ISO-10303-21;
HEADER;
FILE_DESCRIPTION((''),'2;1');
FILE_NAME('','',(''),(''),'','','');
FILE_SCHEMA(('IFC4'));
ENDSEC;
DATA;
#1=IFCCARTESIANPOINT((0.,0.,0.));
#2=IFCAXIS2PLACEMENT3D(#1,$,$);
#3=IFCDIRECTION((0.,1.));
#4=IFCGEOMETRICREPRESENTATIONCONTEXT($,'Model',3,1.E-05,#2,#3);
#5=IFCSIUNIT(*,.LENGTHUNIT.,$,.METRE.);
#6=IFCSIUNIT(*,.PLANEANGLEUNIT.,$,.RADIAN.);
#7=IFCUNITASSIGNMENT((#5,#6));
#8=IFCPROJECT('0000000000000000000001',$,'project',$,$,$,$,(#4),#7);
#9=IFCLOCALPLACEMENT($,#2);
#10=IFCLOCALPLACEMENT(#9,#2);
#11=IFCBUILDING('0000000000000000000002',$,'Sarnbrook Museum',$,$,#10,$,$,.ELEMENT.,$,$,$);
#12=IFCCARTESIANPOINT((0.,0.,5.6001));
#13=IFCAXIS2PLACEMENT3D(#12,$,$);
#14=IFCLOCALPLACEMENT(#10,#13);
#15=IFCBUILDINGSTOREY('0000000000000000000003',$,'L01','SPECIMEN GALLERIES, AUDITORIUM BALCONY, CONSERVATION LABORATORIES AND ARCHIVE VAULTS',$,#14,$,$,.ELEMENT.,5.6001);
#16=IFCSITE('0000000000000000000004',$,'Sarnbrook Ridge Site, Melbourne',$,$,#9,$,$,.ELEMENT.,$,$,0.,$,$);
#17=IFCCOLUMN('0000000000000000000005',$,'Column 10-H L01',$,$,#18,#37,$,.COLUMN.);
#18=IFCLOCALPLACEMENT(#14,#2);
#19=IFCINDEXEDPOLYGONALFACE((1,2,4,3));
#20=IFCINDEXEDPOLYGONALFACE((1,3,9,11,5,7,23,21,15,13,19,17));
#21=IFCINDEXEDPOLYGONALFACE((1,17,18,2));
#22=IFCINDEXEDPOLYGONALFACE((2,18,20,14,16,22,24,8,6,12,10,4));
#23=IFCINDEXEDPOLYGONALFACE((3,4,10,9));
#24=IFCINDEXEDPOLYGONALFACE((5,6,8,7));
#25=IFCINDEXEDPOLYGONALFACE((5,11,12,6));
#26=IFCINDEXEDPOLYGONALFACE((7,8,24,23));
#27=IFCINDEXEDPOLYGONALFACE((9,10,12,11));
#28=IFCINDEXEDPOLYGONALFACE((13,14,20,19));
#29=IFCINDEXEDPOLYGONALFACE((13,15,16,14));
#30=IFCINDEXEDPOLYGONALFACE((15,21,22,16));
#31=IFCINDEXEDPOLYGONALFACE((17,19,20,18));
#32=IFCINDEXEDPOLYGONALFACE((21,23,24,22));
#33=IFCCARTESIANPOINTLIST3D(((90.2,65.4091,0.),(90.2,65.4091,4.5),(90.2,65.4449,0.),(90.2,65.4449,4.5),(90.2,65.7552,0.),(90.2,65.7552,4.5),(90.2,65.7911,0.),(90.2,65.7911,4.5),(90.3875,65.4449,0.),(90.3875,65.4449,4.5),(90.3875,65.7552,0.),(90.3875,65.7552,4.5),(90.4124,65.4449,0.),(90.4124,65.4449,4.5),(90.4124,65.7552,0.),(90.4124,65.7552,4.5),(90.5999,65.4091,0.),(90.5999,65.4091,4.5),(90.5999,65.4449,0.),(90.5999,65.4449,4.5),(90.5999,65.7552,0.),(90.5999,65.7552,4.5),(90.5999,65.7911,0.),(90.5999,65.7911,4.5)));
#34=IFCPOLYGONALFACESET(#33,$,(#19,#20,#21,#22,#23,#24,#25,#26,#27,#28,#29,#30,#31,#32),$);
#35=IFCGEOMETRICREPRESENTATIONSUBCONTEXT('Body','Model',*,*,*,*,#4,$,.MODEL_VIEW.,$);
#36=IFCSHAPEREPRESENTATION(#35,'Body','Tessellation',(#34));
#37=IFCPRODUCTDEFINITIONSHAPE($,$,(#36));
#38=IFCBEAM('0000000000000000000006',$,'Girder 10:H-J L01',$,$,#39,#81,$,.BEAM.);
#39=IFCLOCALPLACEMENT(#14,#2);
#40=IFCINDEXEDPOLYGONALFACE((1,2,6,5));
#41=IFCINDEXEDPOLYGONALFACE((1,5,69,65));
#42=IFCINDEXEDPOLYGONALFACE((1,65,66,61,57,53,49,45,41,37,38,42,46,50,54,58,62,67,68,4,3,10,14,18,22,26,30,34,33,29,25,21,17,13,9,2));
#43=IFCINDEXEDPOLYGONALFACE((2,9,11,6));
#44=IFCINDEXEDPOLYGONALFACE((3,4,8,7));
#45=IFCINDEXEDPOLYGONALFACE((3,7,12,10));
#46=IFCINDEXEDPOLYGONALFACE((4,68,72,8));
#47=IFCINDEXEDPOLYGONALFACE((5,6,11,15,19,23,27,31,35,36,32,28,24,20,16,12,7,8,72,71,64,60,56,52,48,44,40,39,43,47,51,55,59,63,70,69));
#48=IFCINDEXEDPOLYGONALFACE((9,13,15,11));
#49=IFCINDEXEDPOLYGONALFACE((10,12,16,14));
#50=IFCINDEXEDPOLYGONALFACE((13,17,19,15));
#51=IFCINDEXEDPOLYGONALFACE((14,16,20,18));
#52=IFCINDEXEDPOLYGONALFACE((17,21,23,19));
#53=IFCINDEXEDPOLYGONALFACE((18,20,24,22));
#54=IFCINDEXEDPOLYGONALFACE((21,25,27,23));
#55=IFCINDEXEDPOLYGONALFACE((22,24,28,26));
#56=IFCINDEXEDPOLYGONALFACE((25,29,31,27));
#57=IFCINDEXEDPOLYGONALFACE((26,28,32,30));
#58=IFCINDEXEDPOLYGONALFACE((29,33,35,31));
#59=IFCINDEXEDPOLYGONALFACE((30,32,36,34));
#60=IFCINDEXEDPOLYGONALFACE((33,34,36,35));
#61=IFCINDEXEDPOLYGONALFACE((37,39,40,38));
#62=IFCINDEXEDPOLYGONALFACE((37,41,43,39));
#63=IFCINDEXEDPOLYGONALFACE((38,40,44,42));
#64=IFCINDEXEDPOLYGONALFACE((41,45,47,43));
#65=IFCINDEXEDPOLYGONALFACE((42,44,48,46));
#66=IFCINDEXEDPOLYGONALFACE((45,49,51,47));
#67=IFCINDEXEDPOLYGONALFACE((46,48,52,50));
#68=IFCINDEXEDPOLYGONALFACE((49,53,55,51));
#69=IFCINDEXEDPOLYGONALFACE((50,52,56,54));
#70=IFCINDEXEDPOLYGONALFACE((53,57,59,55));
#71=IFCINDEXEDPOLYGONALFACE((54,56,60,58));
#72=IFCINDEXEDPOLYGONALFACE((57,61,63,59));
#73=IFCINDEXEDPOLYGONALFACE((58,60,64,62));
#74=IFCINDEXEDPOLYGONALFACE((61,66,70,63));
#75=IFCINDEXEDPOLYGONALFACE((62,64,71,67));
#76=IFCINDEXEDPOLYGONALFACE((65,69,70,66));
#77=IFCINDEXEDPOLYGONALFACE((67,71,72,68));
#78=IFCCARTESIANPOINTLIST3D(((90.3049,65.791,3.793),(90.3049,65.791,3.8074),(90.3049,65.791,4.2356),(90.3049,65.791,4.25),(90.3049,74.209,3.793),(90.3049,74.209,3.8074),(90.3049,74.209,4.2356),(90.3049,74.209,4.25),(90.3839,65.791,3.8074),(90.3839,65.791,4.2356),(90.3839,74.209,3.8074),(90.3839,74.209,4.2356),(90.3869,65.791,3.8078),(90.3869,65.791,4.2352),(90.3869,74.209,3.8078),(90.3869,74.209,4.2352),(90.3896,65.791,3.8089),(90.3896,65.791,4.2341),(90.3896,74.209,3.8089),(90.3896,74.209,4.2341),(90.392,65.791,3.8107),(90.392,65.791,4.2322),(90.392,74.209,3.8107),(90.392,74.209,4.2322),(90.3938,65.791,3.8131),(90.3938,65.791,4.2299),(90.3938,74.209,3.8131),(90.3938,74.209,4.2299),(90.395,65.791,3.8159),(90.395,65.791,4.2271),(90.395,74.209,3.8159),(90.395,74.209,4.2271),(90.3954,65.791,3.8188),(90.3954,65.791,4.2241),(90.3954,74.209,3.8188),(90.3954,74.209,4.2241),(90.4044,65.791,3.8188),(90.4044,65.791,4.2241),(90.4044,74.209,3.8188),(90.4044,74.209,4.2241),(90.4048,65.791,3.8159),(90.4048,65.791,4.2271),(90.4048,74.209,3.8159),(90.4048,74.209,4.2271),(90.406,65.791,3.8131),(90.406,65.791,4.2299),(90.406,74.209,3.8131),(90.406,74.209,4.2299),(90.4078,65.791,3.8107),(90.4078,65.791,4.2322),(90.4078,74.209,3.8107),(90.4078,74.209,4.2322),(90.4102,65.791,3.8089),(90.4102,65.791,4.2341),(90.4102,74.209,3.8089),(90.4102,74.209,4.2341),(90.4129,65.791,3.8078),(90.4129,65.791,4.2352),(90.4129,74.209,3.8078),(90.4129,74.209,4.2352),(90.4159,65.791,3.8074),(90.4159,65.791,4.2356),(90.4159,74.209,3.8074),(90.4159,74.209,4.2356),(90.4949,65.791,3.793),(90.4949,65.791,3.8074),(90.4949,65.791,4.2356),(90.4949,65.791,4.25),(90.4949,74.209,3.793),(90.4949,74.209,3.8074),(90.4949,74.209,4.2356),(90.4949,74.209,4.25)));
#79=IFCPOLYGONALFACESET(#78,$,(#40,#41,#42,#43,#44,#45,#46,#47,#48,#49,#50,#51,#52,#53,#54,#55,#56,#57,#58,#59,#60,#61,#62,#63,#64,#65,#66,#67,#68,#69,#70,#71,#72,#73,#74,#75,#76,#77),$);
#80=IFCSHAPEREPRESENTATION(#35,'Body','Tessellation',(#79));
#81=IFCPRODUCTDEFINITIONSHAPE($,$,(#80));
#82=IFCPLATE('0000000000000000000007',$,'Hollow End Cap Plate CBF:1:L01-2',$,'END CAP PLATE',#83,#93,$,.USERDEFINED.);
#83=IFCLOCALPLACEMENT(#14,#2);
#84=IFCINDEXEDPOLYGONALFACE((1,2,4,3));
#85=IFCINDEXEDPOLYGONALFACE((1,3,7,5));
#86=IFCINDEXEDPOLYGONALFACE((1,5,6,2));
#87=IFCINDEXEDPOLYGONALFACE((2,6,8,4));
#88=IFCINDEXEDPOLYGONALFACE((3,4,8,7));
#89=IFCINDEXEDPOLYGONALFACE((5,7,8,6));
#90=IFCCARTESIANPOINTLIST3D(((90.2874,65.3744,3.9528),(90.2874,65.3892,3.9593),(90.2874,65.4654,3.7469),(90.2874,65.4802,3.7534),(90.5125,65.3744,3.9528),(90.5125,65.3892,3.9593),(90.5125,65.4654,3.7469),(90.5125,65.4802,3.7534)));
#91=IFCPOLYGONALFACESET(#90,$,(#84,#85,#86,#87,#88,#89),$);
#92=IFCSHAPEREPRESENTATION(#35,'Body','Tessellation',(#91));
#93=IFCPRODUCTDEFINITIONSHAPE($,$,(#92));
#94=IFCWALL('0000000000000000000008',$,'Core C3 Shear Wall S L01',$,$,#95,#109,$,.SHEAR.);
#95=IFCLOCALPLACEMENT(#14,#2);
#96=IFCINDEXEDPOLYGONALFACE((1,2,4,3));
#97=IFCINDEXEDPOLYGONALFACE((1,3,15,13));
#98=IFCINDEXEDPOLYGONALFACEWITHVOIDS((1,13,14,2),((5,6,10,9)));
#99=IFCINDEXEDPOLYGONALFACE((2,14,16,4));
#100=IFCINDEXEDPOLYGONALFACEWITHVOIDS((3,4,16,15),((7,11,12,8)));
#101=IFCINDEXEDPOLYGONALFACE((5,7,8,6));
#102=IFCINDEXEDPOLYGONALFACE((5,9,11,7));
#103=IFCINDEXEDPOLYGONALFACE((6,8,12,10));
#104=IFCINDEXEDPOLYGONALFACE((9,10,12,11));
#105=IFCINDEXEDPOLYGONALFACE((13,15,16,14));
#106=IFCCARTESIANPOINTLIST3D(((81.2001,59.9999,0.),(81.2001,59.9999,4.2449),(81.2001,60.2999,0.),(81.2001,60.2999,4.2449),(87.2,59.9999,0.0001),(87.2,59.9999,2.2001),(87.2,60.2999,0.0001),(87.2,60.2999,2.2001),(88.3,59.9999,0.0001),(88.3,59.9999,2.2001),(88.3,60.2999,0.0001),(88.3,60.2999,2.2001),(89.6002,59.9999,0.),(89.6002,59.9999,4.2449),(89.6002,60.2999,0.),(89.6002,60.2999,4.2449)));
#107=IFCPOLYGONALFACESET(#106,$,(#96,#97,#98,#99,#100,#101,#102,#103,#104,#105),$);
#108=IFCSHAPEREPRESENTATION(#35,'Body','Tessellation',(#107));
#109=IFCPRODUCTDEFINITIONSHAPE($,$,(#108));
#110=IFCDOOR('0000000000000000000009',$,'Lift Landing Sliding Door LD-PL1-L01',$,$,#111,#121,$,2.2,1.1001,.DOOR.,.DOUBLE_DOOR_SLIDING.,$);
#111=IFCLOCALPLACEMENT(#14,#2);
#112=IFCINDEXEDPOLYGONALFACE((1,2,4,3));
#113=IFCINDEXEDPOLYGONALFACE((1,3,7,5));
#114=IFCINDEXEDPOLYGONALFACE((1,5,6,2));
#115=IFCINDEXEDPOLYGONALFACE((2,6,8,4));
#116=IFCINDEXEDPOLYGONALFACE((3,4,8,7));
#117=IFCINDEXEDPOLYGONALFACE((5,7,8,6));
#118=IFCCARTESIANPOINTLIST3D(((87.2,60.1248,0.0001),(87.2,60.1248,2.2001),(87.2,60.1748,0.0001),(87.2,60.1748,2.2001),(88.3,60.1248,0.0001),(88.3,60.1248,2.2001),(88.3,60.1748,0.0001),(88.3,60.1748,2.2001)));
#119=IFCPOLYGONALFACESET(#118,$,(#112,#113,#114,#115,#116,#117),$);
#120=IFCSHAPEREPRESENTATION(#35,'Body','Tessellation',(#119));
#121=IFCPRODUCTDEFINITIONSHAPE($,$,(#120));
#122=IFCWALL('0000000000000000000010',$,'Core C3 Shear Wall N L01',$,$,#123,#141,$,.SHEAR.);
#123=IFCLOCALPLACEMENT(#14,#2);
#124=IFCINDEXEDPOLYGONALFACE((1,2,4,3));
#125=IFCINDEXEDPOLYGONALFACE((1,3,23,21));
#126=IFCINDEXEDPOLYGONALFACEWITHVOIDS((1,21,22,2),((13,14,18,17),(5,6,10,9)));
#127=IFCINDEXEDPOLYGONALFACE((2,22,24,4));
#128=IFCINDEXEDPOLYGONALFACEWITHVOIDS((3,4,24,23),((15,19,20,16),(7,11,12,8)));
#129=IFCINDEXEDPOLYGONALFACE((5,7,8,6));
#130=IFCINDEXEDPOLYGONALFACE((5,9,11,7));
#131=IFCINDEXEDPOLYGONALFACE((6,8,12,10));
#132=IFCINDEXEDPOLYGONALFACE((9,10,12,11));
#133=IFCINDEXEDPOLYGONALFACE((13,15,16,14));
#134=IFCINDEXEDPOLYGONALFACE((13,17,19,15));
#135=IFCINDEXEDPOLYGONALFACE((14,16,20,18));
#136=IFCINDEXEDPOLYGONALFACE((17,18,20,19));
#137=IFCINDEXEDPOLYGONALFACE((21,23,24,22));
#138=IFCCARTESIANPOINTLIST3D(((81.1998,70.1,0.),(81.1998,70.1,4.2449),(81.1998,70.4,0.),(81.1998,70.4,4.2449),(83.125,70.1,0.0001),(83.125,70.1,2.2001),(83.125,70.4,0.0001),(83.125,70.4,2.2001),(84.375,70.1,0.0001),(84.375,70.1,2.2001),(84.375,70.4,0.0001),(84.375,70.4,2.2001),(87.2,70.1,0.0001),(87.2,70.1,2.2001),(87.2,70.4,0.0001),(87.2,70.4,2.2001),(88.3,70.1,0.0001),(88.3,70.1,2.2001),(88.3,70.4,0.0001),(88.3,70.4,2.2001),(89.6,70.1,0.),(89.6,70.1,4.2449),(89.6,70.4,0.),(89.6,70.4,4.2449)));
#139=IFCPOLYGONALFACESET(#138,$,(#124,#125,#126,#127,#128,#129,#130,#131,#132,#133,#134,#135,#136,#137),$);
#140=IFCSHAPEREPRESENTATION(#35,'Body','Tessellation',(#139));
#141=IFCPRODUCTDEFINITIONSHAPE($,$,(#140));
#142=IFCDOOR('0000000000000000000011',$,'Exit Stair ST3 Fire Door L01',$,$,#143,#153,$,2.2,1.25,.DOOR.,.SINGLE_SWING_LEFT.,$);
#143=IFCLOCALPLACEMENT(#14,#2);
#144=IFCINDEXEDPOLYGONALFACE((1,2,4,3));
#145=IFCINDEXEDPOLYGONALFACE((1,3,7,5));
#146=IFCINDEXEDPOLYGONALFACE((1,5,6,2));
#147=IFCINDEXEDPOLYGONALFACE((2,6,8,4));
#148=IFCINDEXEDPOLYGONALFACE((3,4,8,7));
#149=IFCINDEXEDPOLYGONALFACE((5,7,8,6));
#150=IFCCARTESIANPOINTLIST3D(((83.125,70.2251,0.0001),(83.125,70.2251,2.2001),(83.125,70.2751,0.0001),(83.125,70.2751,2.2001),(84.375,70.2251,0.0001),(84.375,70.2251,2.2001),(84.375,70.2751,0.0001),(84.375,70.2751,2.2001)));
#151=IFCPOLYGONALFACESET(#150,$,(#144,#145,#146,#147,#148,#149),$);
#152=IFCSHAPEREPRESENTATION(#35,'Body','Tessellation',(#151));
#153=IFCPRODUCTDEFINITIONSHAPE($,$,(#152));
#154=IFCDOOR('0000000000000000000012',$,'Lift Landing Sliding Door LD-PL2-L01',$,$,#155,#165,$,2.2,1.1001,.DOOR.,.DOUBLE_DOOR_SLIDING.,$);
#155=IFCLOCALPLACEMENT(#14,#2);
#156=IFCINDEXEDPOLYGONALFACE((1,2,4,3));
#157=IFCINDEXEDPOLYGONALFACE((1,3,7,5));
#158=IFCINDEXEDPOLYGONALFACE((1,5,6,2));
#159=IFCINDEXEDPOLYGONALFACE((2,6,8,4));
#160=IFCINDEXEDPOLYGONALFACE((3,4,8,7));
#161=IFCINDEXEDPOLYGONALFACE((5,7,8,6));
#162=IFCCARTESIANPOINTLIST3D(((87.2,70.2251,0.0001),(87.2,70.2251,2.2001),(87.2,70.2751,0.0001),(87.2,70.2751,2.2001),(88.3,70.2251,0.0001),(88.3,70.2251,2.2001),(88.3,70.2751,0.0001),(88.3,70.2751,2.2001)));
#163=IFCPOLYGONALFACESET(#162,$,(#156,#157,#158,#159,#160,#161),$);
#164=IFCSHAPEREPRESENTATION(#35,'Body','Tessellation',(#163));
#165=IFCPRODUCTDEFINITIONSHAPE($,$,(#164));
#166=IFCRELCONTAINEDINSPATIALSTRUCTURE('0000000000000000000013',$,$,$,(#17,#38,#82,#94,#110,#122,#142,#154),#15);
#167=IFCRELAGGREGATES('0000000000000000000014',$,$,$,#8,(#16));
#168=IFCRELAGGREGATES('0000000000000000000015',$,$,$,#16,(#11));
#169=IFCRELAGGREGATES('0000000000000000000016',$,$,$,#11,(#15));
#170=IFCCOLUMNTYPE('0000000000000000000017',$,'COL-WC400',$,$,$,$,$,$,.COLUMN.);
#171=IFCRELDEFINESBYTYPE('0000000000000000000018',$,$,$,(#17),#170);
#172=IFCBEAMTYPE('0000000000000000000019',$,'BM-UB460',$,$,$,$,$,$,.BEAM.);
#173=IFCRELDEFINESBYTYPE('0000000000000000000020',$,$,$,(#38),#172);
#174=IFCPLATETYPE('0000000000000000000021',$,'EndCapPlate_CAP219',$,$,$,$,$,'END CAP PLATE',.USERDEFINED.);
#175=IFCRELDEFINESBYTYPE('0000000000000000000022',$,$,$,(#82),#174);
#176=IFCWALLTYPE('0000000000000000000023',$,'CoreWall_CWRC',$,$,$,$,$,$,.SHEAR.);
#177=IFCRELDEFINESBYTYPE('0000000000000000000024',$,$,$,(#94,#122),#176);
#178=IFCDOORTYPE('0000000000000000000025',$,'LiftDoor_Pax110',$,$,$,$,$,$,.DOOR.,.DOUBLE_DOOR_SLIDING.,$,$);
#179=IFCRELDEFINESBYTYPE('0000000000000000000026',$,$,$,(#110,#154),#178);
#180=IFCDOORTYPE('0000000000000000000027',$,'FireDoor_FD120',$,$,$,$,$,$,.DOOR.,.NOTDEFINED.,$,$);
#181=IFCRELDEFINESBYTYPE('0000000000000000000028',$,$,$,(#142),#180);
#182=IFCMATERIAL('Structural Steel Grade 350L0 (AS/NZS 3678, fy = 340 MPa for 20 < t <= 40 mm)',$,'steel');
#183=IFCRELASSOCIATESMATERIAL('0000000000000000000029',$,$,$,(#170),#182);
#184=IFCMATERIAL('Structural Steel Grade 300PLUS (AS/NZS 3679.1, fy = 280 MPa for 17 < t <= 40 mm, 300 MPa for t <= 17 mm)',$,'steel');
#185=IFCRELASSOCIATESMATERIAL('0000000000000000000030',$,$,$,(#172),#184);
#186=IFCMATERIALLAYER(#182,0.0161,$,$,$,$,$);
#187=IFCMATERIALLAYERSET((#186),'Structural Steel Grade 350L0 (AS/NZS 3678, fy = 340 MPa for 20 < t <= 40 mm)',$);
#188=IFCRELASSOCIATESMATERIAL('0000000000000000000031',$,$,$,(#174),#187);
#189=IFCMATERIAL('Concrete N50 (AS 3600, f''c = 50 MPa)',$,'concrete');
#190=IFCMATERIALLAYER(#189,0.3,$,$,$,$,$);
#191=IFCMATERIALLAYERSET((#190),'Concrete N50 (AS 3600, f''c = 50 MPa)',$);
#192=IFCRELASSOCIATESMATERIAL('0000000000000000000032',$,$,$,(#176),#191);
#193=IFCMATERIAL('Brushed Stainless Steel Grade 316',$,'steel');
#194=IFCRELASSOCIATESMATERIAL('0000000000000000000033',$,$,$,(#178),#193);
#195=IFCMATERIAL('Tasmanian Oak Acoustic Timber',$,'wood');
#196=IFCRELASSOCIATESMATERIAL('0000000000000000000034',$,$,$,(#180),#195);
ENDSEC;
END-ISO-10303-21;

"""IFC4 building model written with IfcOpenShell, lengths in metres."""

from ifc_helpers import new_model, si_unit, direction, frame, frame_2d, origin, origin_2d, place, context, subcontext, project, spatial, rectangle, i_section, extrude, material, layer, layer_set, material_profile, profile_set, type_object, element, fill, save


model = new_model("IFC4")

# Units and contexts
model_context = context("Model", 3, precision=1e-05, world=origin(), true_north=direction((0.0, 1.0)))
body_context = subcontext(model_context, "Body", "Model", "MODEL_VIEW")
ifc_project = project(units=[si_unit("LENGTHUNIT", "METRE"), si_unit("PLANEANGLEUNIT", "RADIAN")], contexts=[model_context])

# Site, building, storey
site_placement = place(None, origin())
site = spatial("IfcSite", under=ifc_project, at=site_placement, Name="Sarnbrook Ridge Site, Melbourne", CompositionType="ELEMENT", RefElevation=0.0)
building_placement = place(site_placement, origin())
building = spatial("IfcBuilding", under=site, at=building_placement, Name="Sarnbrook Museum", CompositionType="ELEMENT")
storey_placement = place(building_placement, frame((0.0, 0.0, 5.6001)))
storey = spatial("IfcBuildingStorey", under=building, at=storey_placement, Name="L01", Description="SPECIMEN GALLERIES, AUDITORIUM BALCONY, CONSERVATION LABORATORIES AND ARCHIVE VAULTS", CompositionType="ELEMENT", Elevation=5.6001)

# Column
ifc_material_1 = material(Name="Structural Steel Grade 350L0 (AS/NZS 3678, fy = 340 MPa for 20 < t <= 40 mm)", Category="steel")
ifc_material_profile_1 = material_profile(ifc_material_1, i_section(OverallWidth=0.3999, OverallDepth=0.3821, WebThickness=0.0249, FlangeThickness=0.0359, at=origin_2d()), Name="400WC270")
ifc_profile_set_1 = profile_set([ifc_material_profile_1], Name="Structural Steel Grade 350L0 (AS/NZS 3678, fy = 340 MPa for 20 < t <= 40 mm)")
column_type = type_object("IfcColumnType", Name="COL-WC400", PredefinedType="COLUMN", material=ifc_profile_set_1)
column_placement = place(storey_placement, frame((90.3999, 65.6001, 0.0), z_axis=(0.0, 0.0, 1.0), x_axis=(1.0, 0.0, 0.0)))
element("IfcColumn", 1, at=column_placement, inside=storey, type_object=column_type, Name="Column 10-H L01", PredefinedType="COLUMN", context=body_context, shape_type="SweptSolid", body=[
    extrude(i_section(OverallWidth=0.3999, OverallDepth=0.3821, WebThickness=0.0249, FlangeThickness=0.0359, at=origin_2d()), origin(), (0.0, 0.0, 1.0), 4.5),
])

# Beam
ifc_material_2 = material(Name="Structural Steel Grade 300PLUS (AS/NZS 3679.1, fy = 280 MPa for 17 < t <= 40 mm, 300 MPa for t <= 17 mm)", Category="steel")
ifc_material_profile_2 = material_profile(ifc_material_2, i_section(OverallWidth=0.1899, OverallDepth=0.457, WebThickness=0.009, FlangeThickness=0.0144, FilletRadius=0.0115, at=origin_2d()), Name="460UB74.6")
ifc_profile_set_2 = profile_set([ifc_material_profile_2], Name="Structural Steel Grade 300PLUS (AS/NZS 3679.1, fy = 280 MPa for 17 < t <= 40 mm, 300 MPa for t <= 17 mm)")
beam_type = type_object("IfcBeamType", Name="BM-UB460", PredefinedType="BEAM", material=ifc_profile_set_2)
beam_placement = place(storey_placement, frame((90.3999, 65.791, 4.0215), z_axis=(0.0, 1.0, 0.0), x_axis=(-1.0, 0.0, 0.0)))
element("IfcBeam", 2, at=beam_placement, inside=storey, type_object=beam_type, Name="Girder 10:H-J L01", PredefinedType="BEAM", context=body_context, shape_type="SweptSolid", body=[
    extrude(i_section(OverallWidth=0.1899, OverallDepth=0.457, WebThickness=0.009, FlangeThickness=0.0144, FilletRadius=0.0115, at=origin_2d()), origin(), (0.0, 0.0, 1.0), 8.418),
])

# Plate
ifc_layer_1 = layer(ifc_material_1, 0.0161)
ifc_layer_set_1 = layer_set([ifc_layer_1], Name="Structural Steel Grade 350L0 (AS/NZS 3678, fy = 340 MPa for 20 < t <= 40 mm)")
plate_type = type_object("IfcPlateType", Name="EndCapPlate_CAP219", ElementType="END CAP PLATE", PredefinedType="USERDEFINED", material=ifc_layer_set_1)
plate_placement = place(storey_placement, frame((90.3999, 65.4199, 3.8499), z_axis=(0.0, 0.914659, 0.404227), x_axis=(-1.0, 0.0, 0.0)))
element("IfcPlate", 3, at=plate_placement, inside=storey, type_object=plate_type, Name="Hollow End Cap Plate CBF:1:L01-2", ObjectType="END CAP PLATE", PredefinedType="USERDEFINED", context=body_context, shape_type="SweptSolid", body=[
    extrude(rectangle(XDim=0.2251, YDim=0.2251, at=origin_2d()), origin(), (0.0, 0.0, 1.0), 0.0161),
])

# Wall, opening, door
ifc_material_3 = material(Name="Concrete N50 (AS 3600, f'c = 50 MPa)", Category="concrete")
ifc_layer_2 = layer(ifc_material_3, 0.3)
ifc_layer_set_2 = layer_set([ifc_layer_2], Name="Concrete N50 (AS 3600, f'c = 50 MPa)")
wall_type_1 = type_object("IfcWallType", Name="CoreWall_CWRC", PredefinedType="SHEAR", material=ifc_layer_set_2)
wall_1_placement = place(storey_placement, frame((81.2, 60.1499, 0.0), z_axis=(0.0, 0.0, 1.0), x_axis=(1.0, 0.0, 0.0)))
wall_1 = element("IfcWall", 4, at=wall_1_placement, inside=storey, type_object=wall_type_1, Name="Core C3 Shear Wall S L01", PredefinedType="SHEAR", context=body_context, shape_type="SweptSolid", body=[
    extrude(rectangle(XDim=8.4001, YDim=0.3, at=frame_2d((4.2002, 0.0))), origin(), (0.0, 0.0, 1.0), 4.2449),
])
opening_1_placement = place(wall_1_placement, frame((6.0, 0.0, 0.0)))
opening_1 = element("IfcOpeningElement", 5, at=opening_1_placement, cuts=wall_1, PredefinedType="OPENING", context=body_context, shape_type="SweptSolid", body=[
    extrude(rectangle(XDim=1.1001, YDim=2.2, at=frame_2d((0.55, 1.1001))), frame((0.0, 0.1602, 0.0), z_axis=(0.0, -1.0, 0.0), x_axis=(1.0, 0.0, 0.0)), (0.0, 0.0, 1.0), 0.3201),
])
ifc_material_4 = material(Name="Brushed Stainless Steel Grade 316", Category="steel")
door_type_1 = type_object("IfcDoorType", Name="LiftDoor_Pax110", OperationType="DOUBLE_DOOR_SLIDING", PredefinedType="DOOR", material=ifc_material_4)
door_1_placement = place(opening_1_placement, origin())
door_1 = element("IfcDoor", 6, at=door_1_placement, inside=storey, type_object=door_type_1, Name="Lift Landing Sliding Door LD-PL1-L01", OperationType="DOUBLE_DOOR_SLIDING", OverallHeight=2.2, OverallWidth=1.1001, PredefinedType="DOOR", context=body_context, shape_type="SweptSolid", body=[
    extrude(rectangle(XDim=1.1001, YDim=2.2, at=frame_2d((0.55, 1.1001))), frame((0.0, 0.0249, 0.0), z_axis=(0.0, -1.0, 0.0), x_axis=(1.0, 0.0, 0.0)), (0.0, 0.0, 1.0), 0.05),
])
fill(opening_1, door_1)

# Wall, openings, doors
wall_2_placement = place(storey_placement, frame((89.6001, 70.25, 0.0), z_axis=(0.0, 0.0, 1.0), x_axis=(-1.0, 0.0, 0.0)))
wall_2 = element("IfcWall", 7, at=wall_2_placement, inside=storey, type_object=wall_type_1, Name="Core C3 Shear Wall N L01", PredefinedType="SHEAR", context=body_context, shape_type="SweptSolid", body=[
    extrude(rectangle(XDim=8.4001, YDim=0.3, at=frame_2d((4.2002, 0.0))), origin(), (0.0, 0.0, 1.0), 4.2449),
])
opening_2_placement = place(wall_2_placement, frame((5.2251, 0.0, 0.0)))
opening_2 = element("IfcOpeningElement", 8, at=opening_2_placement, cuts=wall_2, PredefinedType="OPENING", context=body_context, shape_type="SweptSolid", body=[
    extrude(rectangle(XDim=1.25, YDim=2.2, at=frame_2d((0.625, 1.1001))), frame((0.0, 0.1602, 0.0), z_axis=(0.0, -1.0, 0.0), x_axis=(1.0, 0.0, 0.0)), (0.0, 0.0, 1.0), 0.3201),
])
opening_3_placement = place(wall_2_placement, frame((1.3, 0.0, 0.0)))
opening_3 = element("IfcOpeningElement", 9, at=opening_3_placement, cuts=wall_2, PredefinedType="OPENING", context=body_context, shape_type="SweptSolid", body=[
    extrude(rectangle(XDim=1.1001, YDim=2.2, at=frame_2d((0.55, 1.1001))), frame((0.0, 0.1602, 0.0), z_axis=(0.0, -1.0, 0.0), x_axis=(1.0, 0.0, 0.0)), (0.0, 0.0, 1.0), 0.3201),
])
ifc_material_5 = material(Name="Tasmanian Oak Acoustic Timber", Category="wood")
door_type_2 = type_object("IfcDoorType", Name="FireDoor_FD120", OperationType="NOTDEFINED", PredefinedType="DOOR", material=ifc_material_5)
door_2_placement = place(opening_2_placement, origin())
door_2 = element("IfcDoor", 10, at=door_2_placement, inside=storey, type_object=door_type_2, Name="Exit Stair ST3 Fire Door L01", OperationType="SINGLE_SWING_LEFT", OverallHeight=2.2, OverallWidth=1.25, PredefinedType="DOOR", context=body_context, shape_type="SweptSolid", body=[
    extrude(rectangle(XDim=1.25, YDim=2.2, at=frame_2d((0.625, 1.1001))), frame((0.0, 0.0249, 0.0), z_axis=(0.0, -1.0, 0.0), x_axis=(1.0, 0.0, 0.0)), (0.0, 0.0, 1.0), 0.05),
])
fill(opening_2, door_2)
door_3_placement = place(opening_3_placement, origin())
door_3 = element("IfcDoor", 11, at=door_3_placement, inside=storey, type_object=door_type_1, Name="Lift Landing Sliding Door LD-PL2-L01", OperationType="DOUBLE_DOOR_SLIDING", OverallHeight=2.2, OverallWidth=1.1001, PredefinedType="DOOR", context=body_context, shape_type="SweptSolid", body=[
    extrude(rectangle(XDim=1.1001, YDim=2.2, at=frame_2d((0.55, 1.1001))), frame((0.0, 0.0249, 0.0), z_axis=(0.0, -1.0, 0.0), x_axis=(1.0, 0.0, 0.0)), (0.0, 0.0, 1.0), 0.05),
])
fill(opening_3, door_3)

save(model, "model.ifc")
